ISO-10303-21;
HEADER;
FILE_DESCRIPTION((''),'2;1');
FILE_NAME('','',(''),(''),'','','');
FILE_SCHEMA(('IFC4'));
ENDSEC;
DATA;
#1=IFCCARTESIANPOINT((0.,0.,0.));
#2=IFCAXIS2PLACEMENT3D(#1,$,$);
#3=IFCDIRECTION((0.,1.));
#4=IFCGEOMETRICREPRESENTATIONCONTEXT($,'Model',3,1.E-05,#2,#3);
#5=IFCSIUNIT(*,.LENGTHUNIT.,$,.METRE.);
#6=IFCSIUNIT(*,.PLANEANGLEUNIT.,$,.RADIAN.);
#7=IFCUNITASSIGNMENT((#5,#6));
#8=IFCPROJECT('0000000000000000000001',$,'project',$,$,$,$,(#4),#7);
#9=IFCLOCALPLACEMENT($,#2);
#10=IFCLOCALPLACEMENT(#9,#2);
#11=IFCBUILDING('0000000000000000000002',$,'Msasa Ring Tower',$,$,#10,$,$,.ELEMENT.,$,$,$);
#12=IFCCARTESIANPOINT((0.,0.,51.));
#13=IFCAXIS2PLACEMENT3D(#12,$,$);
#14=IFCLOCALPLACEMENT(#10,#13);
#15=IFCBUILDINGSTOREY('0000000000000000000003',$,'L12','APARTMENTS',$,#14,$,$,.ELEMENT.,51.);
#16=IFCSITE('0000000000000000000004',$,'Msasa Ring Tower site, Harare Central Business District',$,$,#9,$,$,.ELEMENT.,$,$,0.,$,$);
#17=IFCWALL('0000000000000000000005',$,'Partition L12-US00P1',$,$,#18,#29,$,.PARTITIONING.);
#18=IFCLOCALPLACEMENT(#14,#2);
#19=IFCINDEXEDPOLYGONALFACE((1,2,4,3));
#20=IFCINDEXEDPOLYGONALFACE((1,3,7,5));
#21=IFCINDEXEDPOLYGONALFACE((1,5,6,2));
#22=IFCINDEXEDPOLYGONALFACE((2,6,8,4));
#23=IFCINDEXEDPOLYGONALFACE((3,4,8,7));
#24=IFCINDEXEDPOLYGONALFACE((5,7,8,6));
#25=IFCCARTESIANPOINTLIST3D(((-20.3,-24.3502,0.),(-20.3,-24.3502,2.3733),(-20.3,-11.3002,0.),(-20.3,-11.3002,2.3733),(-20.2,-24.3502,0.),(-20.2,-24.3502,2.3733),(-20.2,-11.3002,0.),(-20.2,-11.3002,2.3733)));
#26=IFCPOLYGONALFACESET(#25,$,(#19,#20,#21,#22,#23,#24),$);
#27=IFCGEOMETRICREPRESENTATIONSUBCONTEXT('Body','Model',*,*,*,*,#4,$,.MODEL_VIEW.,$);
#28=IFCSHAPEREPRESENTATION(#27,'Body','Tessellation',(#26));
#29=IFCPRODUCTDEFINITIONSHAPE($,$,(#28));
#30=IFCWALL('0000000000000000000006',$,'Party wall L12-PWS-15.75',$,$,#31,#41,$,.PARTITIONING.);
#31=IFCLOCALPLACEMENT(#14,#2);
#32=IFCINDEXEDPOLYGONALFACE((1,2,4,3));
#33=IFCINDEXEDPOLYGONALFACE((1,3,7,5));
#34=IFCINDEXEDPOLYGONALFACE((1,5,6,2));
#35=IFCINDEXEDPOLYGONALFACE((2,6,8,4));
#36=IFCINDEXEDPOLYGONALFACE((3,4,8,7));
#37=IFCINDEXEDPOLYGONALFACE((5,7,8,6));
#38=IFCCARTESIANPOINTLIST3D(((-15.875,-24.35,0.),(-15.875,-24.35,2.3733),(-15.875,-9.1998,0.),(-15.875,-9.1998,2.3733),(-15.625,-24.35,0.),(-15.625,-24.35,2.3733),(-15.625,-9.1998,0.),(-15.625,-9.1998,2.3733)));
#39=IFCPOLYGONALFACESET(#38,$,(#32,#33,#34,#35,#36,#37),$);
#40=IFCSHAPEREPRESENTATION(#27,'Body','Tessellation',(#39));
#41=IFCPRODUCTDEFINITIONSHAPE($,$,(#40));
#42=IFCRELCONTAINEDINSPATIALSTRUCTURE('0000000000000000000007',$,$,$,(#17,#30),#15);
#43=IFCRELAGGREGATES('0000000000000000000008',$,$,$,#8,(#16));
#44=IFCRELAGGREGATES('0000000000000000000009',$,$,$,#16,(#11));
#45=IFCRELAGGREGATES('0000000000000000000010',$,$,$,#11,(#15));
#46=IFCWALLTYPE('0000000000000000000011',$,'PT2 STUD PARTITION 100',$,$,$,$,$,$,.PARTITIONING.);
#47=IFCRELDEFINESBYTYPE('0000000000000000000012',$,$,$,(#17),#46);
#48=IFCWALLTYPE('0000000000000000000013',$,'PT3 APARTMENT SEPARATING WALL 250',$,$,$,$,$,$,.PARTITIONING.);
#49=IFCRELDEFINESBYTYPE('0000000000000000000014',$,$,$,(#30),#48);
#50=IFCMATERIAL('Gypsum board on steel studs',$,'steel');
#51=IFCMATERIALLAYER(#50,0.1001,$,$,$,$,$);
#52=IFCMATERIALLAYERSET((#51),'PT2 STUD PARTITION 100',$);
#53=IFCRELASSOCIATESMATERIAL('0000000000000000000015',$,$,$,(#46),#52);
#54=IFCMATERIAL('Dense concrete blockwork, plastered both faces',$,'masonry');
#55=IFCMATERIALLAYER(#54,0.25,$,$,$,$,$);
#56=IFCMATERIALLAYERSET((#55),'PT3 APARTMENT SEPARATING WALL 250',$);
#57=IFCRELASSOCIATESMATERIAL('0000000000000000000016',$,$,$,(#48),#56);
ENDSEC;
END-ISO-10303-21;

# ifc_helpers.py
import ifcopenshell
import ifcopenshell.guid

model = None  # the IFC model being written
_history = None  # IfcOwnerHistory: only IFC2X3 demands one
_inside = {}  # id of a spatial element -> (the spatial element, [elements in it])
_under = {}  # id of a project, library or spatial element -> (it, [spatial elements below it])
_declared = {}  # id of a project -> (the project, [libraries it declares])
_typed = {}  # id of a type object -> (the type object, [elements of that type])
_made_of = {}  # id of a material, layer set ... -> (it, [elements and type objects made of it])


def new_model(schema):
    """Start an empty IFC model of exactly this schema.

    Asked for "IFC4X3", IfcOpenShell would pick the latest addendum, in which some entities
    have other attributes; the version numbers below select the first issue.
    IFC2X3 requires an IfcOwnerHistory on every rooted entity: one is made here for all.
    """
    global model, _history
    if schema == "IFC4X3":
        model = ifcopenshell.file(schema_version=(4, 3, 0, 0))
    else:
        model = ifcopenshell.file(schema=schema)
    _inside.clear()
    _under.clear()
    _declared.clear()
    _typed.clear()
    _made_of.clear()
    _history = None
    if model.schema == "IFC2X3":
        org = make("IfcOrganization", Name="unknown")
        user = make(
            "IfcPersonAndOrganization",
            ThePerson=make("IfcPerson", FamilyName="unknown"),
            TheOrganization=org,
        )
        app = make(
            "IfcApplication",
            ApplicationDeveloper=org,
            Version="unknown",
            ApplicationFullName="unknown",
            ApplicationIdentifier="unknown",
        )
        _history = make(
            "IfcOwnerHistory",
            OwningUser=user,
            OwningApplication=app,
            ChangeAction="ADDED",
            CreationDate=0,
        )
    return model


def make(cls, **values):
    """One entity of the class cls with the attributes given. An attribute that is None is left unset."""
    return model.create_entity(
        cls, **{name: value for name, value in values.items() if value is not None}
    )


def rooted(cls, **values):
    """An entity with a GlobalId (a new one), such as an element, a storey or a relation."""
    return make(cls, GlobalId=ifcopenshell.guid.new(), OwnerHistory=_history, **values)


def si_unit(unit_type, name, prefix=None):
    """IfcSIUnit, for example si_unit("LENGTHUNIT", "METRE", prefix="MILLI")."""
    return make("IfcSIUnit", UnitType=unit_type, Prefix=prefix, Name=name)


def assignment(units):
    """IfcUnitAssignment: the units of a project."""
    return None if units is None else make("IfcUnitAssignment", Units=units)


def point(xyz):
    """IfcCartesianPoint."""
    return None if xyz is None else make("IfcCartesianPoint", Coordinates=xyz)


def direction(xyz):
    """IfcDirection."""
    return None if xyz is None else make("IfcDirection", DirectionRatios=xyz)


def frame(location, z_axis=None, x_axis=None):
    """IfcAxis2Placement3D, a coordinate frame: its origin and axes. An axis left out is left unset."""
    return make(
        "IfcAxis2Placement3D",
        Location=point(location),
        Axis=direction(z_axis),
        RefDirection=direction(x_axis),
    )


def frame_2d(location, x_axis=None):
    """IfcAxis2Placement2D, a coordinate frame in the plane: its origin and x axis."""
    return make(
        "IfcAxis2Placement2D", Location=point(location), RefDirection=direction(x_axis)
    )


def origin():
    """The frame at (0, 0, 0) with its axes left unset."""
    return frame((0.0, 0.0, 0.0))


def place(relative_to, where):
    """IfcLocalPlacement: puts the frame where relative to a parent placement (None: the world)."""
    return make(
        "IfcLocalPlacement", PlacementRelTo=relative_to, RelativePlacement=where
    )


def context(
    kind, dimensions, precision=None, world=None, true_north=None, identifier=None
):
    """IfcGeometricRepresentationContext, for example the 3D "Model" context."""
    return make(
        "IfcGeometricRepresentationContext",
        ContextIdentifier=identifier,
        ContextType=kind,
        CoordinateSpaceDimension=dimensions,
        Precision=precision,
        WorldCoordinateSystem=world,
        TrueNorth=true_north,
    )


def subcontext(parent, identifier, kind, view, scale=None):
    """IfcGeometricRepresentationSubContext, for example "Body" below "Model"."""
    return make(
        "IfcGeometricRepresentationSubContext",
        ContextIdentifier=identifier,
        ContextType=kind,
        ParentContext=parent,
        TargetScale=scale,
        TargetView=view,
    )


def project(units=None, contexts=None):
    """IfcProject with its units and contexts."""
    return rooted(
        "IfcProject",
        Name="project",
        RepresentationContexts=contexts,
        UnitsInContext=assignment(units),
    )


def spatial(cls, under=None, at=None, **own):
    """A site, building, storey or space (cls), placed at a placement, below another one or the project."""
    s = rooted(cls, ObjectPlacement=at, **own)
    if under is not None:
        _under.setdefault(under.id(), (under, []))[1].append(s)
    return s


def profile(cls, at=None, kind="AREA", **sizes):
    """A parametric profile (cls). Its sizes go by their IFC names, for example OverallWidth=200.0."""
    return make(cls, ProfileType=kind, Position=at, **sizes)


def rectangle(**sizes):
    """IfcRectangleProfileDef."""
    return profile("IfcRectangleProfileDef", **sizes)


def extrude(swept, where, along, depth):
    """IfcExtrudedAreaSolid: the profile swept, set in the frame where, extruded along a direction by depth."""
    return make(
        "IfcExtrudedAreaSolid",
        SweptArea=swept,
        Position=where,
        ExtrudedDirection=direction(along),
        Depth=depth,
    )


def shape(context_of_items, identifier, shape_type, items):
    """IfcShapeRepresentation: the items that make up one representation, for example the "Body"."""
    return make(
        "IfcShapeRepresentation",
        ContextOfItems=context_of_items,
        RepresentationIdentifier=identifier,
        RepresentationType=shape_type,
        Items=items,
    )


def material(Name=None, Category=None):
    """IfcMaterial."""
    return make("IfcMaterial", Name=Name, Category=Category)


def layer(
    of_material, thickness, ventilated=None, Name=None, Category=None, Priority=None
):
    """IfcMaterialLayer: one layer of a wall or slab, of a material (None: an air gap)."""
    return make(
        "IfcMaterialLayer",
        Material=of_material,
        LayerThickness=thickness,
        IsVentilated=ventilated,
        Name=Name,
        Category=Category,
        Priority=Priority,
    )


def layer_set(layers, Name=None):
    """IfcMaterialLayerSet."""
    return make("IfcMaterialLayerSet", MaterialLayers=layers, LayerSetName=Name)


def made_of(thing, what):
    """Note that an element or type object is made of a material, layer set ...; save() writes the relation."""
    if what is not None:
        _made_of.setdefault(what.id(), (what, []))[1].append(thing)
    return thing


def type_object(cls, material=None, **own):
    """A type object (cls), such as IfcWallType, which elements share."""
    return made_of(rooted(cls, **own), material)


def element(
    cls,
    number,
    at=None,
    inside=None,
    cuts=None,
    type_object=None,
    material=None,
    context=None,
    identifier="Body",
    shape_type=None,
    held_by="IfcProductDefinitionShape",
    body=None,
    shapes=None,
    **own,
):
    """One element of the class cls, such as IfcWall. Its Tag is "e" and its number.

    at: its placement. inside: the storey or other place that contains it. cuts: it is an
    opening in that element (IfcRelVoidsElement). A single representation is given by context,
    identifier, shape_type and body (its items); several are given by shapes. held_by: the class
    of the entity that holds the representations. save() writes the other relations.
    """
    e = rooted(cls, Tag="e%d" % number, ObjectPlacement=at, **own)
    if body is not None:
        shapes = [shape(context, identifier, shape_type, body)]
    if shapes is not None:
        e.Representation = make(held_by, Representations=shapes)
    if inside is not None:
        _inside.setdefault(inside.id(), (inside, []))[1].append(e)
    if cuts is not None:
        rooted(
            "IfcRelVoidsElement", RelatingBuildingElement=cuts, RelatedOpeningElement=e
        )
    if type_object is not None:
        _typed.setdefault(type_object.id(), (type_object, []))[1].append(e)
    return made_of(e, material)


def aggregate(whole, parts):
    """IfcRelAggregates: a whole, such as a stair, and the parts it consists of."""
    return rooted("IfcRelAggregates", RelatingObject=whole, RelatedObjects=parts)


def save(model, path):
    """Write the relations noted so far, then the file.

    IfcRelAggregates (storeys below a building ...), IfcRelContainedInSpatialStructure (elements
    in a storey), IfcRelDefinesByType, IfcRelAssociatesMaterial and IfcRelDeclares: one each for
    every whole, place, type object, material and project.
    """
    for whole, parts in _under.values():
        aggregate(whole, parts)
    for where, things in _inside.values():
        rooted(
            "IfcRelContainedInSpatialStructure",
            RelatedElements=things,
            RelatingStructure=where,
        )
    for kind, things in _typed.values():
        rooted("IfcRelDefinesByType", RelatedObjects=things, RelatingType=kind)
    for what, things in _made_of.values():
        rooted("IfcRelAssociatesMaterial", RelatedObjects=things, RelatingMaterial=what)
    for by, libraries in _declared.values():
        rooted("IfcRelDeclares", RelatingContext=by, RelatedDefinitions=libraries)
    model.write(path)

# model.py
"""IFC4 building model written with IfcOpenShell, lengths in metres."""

from ifc_helpers import new_model, si_unit, direction, frame, frame_2d, origin, place, context, subcontext, project, spatial, rectangle, extrude, material, layer, layer_set, type_object, element, save


model = new_model("IFC4")

# Units and contexts
model_context = context("Model", 3, precision=1e-05, world=origin(), true_north=direction((0.0, 1.0)))
body_context = subcontext(model_context, "Body", "Model", "MODEL_VIEW")
ifc_project = project(units=[si_unit("LENGTHUNIT", "METRE"), si_unit("PLANEANGLEUNIT", "RADIAN")], contexts=[model_context])

# Site, building, storey
site_placement = place(None, origin())
site = spatial("IfcSite", under=ifc_project, at=site_placement, Name="Msasa Ring Tower site, Harare Central Business District", CompositionType="ELEMENT", RefElevation=0.0)
building_placement = place(site_placement, origin())
building = spatial("IfcBuilding", under=site, at=building_placement, Name="Msasa Ring Tower", CompositionType="ELEMENT")
storey_placement = place(building_placement, frame((0.0, 0.0, 51.0)))
storey = spatial("IfcBuildingStorey", under=building, at=storey_placement, Name="L12", Description="APARTMENTS", CompositionType="ELEMENT", Elevation=51.0)

# Walls
ifc_material_1 = material(Name="Gypsum board on steel studs", Category="steel")
ifc_layer_1 = layer(ifc_material_1, 0.1001)
ifc_layer_set_1 = layer_set([ifc_layer_1], Name="PT2 STUD PARTITION 100")
wall_type_1 = type_object("IfcWallType", Name="PT2 STUD PARTITION 100", PredefinedType="PARTITIONING", material=ifc_layer_set_1)
wall_1_placement = place(storey_placement, frame((-20.25, -24.3501, 0.0), z_axis=(0.0, 0.0, 1.0), x_axis=(0.0, 1.0, 0.0)))
element("IfcWall", 1, at=wall_1_placement, inside=storey, type_object=wall_type_1, Name="Partition L12-US00P1", PredefinedType="PARTITIONING", context=body_context, shape_type="SweptSolid", body=[
    extrude(rectangle(XDim=13.05, YDim=0.1001, at=frame_2d((6.5249, 0.0))), origin(), (0.0, 0.0, 1.0), 2.3733),
])
ifc_material_2 = material(Name="Dense concrete blockwork, plastered both faces", Category="masonry")
ifc_layer_2 = layer(ifc_material_2, 0.25)
ifc_layer_set_2 = layer_set([ifc_layer_2], Name="PT3 APARTMENT SEPARATING WALL 250")
wall_type_2 = type_object("IfcWallType", Name="PT3 APARTMENT SEPARATING WALL 250", PredefinedType="PARTITIONING", material=ifc_layer_set_2)
wall_2_placement = place(storey_placement, frame((-15.75, -24.3501, 0.0), z_axis=(0.0, 0.0, 1.0), x_axis=(0.0, 1.0, 0.0)))
element("IfcWall", 2, at=wall_2_placement, inside=storey, type_object=wall_type_2, Name="Party wall L12-PWS-15.75", PredefinedType="PARTITIONING", context=body_context, shape_type="SweptSolid", body=[
    extrude(rectangle(XDim=15.1501, YDim=0.25, at=frame_2d((7.5752, 0.0))), origin(), (0.0, 0.0, 1.0), 2.3733),
])

save(model, "model.ifc")
